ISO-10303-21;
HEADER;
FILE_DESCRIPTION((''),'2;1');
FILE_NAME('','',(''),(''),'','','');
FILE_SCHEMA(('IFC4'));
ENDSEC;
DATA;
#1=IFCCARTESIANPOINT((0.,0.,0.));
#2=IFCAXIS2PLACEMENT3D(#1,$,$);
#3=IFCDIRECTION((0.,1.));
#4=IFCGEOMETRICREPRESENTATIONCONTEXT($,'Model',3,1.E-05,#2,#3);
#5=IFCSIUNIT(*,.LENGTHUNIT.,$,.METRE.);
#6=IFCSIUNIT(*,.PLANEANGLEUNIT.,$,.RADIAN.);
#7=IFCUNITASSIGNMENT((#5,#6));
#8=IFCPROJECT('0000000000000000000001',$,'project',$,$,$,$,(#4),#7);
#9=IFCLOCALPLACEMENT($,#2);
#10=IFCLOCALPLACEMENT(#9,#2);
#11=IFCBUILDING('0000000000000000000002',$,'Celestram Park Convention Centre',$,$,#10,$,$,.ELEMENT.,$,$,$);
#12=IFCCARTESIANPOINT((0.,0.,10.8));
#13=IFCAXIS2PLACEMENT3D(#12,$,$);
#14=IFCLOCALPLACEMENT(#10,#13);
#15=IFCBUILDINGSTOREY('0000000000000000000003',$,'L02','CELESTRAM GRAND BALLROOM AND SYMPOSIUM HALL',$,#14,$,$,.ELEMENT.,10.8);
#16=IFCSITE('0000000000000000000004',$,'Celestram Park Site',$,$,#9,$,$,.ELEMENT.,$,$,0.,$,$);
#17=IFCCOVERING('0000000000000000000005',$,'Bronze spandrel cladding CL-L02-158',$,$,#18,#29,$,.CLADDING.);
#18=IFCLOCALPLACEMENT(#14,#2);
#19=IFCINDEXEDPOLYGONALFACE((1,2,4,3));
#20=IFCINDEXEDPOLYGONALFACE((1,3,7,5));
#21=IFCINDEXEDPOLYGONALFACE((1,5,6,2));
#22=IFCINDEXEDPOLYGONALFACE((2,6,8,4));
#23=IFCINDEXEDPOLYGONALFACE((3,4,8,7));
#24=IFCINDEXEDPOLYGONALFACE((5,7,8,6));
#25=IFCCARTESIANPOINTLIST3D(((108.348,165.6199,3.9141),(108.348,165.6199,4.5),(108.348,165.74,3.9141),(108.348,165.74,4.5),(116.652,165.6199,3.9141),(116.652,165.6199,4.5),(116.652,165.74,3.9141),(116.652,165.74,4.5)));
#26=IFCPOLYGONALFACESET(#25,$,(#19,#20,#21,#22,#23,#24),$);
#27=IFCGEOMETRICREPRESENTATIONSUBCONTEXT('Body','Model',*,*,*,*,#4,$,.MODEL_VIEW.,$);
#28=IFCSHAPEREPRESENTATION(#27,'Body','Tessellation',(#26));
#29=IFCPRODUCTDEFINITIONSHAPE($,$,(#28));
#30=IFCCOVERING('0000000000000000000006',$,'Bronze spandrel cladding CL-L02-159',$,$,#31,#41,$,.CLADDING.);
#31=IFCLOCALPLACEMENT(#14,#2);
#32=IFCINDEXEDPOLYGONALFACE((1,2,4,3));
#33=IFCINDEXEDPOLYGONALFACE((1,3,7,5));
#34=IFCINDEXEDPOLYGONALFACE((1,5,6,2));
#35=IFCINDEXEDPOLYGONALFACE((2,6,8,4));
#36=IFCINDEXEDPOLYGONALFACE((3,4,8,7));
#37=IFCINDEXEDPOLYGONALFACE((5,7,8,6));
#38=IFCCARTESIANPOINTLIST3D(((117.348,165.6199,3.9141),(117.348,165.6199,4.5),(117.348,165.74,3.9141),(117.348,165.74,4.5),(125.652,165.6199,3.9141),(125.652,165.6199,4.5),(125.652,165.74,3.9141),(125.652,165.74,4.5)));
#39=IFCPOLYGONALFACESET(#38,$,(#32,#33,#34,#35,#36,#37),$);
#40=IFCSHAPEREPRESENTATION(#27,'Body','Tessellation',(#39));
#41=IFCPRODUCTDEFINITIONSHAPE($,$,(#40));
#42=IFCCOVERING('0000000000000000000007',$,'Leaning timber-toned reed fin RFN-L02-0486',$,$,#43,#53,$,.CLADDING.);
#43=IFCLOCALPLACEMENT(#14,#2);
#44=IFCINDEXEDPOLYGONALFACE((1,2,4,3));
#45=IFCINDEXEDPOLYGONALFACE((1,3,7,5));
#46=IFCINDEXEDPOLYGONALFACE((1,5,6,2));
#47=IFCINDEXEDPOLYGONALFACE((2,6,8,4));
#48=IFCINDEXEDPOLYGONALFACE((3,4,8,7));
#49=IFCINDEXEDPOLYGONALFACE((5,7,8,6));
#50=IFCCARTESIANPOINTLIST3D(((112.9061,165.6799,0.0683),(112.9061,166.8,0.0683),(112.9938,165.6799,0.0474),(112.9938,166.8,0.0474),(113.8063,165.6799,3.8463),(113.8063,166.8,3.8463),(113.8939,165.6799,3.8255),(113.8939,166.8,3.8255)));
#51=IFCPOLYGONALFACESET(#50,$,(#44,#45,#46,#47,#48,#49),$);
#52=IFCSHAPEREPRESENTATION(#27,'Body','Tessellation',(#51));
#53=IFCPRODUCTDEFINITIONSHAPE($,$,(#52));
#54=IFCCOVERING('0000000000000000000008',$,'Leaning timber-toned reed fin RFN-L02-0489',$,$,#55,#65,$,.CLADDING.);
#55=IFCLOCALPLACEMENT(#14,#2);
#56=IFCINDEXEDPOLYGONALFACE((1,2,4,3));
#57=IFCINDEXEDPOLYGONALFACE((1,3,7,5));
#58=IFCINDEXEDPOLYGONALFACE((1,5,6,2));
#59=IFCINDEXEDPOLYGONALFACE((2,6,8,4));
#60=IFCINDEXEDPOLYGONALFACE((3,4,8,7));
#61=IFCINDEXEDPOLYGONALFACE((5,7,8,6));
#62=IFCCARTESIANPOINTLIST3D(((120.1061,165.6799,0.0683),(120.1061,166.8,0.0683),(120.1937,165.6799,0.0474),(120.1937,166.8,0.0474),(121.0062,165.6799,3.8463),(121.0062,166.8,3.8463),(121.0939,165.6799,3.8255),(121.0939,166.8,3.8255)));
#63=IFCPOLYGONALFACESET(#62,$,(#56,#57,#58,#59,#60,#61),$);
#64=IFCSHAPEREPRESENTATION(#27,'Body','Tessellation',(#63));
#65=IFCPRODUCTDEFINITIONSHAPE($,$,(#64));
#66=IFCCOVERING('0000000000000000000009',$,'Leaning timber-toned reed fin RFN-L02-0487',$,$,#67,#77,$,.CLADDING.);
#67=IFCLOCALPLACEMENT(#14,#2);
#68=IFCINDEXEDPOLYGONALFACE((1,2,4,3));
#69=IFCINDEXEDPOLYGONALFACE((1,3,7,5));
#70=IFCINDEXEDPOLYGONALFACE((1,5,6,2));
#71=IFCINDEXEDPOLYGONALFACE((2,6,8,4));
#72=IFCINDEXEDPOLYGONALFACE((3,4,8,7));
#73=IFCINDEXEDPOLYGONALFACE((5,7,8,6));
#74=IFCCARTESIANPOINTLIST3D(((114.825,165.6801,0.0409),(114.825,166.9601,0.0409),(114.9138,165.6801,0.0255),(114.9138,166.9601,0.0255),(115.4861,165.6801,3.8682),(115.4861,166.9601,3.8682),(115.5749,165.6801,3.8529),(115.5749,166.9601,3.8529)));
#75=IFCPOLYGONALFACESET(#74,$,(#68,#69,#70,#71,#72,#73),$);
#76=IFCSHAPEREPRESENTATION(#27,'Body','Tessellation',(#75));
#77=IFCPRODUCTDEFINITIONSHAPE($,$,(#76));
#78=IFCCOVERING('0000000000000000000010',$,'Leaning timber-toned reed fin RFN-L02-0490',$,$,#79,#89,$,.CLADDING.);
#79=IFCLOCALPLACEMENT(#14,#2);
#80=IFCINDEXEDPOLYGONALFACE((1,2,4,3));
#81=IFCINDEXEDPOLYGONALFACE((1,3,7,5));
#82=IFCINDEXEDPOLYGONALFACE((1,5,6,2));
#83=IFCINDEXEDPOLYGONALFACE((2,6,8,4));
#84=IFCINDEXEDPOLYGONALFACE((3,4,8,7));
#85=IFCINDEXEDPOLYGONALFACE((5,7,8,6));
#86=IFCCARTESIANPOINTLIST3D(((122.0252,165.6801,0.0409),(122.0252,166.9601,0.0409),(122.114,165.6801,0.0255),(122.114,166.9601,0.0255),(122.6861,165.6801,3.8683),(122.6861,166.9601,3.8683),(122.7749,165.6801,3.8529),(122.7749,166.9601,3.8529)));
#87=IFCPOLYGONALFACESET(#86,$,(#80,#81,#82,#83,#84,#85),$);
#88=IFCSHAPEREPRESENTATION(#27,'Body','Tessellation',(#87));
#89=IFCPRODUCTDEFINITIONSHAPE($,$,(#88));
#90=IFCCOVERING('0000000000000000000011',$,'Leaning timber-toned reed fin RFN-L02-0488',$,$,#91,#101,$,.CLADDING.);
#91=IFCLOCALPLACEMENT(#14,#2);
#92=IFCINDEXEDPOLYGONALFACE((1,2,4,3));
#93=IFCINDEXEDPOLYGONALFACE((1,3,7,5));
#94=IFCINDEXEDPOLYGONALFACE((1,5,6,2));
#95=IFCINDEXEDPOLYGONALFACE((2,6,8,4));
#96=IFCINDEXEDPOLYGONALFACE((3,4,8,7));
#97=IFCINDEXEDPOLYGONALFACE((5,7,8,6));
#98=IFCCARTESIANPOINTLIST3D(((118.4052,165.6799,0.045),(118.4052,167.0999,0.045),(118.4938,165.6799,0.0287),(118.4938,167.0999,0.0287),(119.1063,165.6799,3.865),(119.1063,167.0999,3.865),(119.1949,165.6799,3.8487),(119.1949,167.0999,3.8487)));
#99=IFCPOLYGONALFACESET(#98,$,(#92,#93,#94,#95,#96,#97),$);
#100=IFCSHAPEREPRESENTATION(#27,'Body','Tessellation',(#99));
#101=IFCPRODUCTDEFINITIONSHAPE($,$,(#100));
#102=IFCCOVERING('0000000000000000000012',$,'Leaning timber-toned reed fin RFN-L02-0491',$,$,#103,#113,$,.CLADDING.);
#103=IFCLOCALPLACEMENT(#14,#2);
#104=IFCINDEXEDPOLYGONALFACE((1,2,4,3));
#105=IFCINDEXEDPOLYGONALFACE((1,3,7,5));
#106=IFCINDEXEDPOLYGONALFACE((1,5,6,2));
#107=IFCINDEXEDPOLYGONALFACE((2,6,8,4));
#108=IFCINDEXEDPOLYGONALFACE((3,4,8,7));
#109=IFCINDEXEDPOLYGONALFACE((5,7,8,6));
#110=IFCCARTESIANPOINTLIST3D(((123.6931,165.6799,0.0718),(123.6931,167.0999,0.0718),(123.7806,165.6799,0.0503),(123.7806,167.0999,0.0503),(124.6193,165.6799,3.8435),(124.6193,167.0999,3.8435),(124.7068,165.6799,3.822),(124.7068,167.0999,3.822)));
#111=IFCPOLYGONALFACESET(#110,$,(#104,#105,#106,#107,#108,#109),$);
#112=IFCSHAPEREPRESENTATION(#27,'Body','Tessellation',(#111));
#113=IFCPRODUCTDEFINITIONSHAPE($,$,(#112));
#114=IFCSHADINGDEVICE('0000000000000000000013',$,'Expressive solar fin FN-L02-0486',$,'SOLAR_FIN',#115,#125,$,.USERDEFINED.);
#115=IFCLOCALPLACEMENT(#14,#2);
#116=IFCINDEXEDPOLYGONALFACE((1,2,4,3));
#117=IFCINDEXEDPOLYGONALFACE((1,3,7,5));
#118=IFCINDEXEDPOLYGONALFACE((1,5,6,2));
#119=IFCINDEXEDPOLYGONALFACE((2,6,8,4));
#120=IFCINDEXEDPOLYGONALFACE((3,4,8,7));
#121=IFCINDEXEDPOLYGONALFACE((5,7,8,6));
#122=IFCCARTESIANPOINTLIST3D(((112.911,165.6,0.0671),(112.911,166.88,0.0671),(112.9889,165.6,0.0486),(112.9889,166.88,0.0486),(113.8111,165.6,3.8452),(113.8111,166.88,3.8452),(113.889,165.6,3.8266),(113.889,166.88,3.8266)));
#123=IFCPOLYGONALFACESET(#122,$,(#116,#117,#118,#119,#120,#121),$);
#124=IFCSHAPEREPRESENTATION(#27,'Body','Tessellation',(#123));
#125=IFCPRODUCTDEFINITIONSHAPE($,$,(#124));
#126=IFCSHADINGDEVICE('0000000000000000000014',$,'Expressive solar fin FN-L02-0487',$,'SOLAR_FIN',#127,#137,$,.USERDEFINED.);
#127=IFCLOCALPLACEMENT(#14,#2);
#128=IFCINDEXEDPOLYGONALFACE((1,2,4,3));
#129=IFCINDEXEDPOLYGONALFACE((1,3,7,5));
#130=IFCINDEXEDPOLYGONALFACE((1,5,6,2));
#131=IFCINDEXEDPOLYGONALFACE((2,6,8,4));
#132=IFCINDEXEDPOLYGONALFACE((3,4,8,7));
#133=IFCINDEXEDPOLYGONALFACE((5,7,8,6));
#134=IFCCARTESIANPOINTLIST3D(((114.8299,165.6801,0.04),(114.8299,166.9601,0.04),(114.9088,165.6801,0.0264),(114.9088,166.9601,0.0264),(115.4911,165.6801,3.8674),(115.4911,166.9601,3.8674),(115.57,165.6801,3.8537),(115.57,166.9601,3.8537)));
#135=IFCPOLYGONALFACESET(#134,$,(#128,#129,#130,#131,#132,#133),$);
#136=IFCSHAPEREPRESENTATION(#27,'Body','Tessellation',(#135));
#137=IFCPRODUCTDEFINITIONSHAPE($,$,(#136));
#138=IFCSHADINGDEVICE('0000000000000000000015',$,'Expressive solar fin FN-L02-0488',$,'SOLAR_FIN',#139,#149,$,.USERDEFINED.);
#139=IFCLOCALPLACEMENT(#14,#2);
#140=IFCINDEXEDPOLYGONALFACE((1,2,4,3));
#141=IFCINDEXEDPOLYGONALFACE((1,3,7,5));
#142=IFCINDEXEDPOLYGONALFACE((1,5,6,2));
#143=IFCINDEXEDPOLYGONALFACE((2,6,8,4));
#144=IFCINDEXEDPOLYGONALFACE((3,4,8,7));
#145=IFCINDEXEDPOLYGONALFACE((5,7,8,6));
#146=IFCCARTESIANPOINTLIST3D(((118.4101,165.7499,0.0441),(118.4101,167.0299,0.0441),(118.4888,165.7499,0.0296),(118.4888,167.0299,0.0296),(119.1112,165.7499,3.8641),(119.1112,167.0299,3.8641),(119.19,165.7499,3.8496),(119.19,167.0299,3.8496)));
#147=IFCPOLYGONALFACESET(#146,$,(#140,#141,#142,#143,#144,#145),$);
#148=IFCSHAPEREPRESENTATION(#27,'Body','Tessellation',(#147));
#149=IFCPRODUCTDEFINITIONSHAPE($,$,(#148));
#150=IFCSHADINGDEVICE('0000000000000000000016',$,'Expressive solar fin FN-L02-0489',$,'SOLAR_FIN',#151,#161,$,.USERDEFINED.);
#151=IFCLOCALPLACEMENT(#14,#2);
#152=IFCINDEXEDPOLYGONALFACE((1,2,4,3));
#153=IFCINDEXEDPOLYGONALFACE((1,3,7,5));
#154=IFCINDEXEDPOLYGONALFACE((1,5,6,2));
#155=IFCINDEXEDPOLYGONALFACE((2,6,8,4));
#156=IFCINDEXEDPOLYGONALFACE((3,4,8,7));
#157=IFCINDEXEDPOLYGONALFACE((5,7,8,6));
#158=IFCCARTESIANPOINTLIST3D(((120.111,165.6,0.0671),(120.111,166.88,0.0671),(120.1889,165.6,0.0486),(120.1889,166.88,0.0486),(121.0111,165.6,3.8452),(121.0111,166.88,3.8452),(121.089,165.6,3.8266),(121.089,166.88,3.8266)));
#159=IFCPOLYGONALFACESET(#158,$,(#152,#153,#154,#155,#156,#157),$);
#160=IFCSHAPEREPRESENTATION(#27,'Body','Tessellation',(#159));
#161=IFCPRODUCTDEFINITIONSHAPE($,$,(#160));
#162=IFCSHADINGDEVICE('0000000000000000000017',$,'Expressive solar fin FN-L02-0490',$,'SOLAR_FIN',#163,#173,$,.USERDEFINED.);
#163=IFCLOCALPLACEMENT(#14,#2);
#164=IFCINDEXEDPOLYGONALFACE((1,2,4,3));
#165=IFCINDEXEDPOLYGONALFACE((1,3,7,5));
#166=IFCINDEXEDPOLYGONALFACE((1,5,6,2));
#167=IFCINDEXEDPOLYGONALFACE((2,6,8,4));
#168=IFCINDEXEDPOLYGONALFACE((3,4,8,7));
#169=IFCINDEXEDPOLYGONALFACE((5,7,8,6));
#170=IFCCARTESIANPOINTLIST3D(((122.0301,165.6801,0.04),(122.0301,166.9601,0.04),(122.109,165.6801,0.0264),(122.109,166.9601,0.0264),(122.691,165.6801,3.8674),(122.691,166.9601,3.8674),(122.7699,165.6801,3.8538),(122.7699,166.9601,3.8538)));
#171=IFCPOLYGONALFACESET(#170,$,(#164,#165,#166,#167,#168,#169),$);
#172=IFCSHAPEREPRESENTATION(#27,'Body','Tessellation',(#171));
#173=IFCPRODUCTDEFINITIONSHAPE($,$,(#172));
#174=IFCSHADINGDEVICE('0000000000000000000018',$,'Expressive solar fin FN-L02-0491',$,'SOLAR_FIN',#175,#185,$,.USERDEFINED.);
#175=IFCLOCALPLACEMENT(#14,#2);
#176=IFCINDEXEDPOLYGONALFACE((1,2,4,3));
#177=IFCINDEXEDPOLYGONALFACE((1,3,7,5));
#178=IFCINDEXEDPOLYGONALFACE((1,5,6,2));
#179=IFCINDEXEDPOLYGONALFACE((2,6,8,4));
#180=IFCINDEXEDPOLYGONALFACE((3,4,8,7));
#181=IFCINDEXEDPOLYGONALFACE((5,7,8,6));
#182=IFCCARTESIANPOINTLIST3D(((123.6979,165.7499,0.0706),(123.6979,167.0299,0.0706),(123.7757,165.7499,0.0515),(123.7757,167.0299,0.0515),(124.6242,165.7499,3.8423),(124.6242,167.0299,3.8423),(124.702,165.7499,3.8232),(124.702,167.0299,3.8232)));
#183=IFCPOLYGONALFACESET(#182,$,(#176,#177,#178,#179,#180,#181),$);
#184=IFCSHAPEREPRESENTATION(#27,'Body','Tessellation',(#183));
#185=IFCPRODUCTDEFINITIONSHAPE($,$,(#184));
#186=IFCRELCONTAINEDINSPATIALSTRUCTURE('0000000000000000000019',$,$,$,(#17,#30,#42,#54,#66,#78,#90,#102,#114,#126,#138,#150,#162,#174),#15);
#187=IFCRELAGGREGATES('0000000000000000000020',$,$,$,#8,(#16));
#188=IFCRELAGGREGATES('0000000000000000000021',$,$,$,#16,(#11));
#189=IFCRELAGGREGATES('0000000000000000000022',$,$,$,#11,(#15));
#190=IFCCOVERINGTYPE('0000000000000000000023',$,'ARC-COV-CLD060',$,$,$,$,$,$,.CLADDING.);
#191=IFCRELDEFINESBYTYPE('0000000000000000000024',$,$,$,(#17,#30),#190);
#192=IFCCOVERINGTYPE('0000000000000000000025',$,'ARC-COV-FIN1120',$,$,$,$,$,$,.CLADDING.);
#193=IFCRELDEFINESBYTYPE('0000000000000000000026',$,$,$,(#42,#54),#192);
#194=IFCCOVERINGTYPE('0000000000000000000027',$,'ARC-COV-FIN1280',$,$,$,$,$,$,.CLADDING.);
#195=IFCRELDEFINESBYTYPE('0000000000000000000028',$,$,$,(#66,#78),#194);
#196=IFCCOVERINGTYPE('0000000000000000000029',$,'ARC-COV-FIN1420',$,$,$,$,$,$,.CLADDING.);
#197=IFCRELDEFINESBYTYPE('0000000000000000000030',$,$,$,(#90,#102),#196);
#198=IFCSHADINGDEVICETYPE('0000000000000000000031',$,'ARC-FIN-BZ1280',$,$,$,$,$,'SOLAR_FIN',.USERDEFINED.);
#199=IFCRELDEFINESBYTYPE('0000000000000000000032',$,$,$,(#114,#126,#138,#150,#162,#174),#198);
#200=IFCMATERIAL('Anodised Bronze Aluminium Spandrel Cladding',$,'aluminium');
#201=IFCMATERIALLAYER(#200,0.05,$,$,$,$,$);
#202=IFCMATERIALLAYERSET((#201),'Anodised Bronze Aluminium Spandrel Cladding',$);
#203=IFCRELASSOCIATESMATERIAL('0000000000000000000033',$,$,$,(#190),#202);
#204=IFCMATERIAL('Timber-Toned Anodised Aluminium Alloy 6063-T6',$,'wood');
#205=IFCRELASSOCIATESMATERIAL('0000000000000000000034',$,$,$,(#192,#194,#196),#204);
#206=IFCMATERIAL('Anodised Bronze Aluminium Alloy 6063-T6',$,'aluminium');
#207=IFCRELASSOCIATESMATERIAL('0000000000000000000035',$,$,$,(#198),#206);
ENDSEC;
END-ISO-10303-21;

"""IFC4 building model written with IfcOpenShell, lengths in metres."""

from ifc_helpers import new_model, si_unit, direction, frame, origin, origin_2d, place, context, subcontext, project, spatial, rectangle, extrude, material, layer, layer_set, material_profile, profile_set, type_object, element, save


model = new_model("IFC4")

# Units and contexts
model_context = context("Model", 3, precision=1e-05, world=origin(), true_north=direction((0.0, 1.0)))
body_context = subcontext(model_context, "Body", "Model", "MODEL_VIEW")
ifc_project = project(units=[si_unit("LENGTHUNIT", "METRE"), si_unit("PLANEANGLEUNIT", "RADIAN")], contexts=[model_context])

# Site, building, storey
site_placement = place(None, origin())
site = spatial("IfcSite", under=ifc_project, at=site_placement, Name="Celestram Park Site", CompositionType="ELEMENT", RefElevation=0.0)
building_placement = place(site_placement, origin())
building = spatial("IfcBuilding", under=site, at=building_placement, Name="Celestram Park Convention Centre", CompositionType="ELEMENT")
storey_placement = place(building_placement, frame((0.0, 0.0, 10.8)))
storey = spatial("IfcBuildingStorey", under=building, at=storey_placement, Name="L02", Description="CELESTRAM GRAND BALLROOM AND SYMPOSIUM HALL", CompositionType="ELEMENT", Elevation=10.8)

# Coverings
ifc_material_1 = material(Name="Anodised Bronze Aluminium Spandrel Cladding", Category="aluminium")
ifc_layer = layer(ifc_material_1, 0.05)
ifc_layer_set = layer_set([ifc_layer], Name="Anodised Bronze Aluminium Spandrel Cladding")
covering_type_1 = type_object("IfcCoveringType", Name="ARC-COV-CLD060", PredefinedType="CLADDING", material=ifc_layer_set)
for number, where, z_axis, x_axis, name in (
    (1, (112.5, 165.6799, 3.9141), (0.0, 0.0, 1.0), (1.0, 0.0, 0.0), "Bronze spandrel cladding CL-L02-158"),
    (2, (121.5, 165.6799, 3.9141), (0.0, 0.0, 1.0), (1.0, 0.0, 0.0), "Bronze spandrel cladding CL-L02-159"),
):
    element("IfcCovering", number, at=place(storey_placement, frame(where, z_axis=z_axis, x_axis=x_axis)), inside=storey, type_object=covering_type_1, Name=name, PredefinedType="CLADDING", context=body_context, shape_type="SweptSolid", body=[
        extrude(rectangle(XDim=8.304, YDim=0.1201, at=origin_2d()), origin(), (0.0, 0.0, 1.0), 0.5859),
    ])
ifc_material_2 = material(Name="Timber-Toned Anodised Aluminium Alloy 6063-T6", Category="wood")
ifc_material_profile_1 = material_profile(ifc_material_2, rectangle(XDim=1.1201, YDim=0.0901, at=origin_2d()), Name="REED1120X90")
ifc_profile_set_1 = profile_set([ifc_material_profile_1], Name="Timber-Toned Anodised Aluminium Alloy 6063-T6")
covering_type_2 = type_object("IfcCoveringType", Name="ARC-COV-FIN1120", PredefinedType="CLADDING", material=ifc_profile_set_1)
for number, where, z_axis, x_axis, name in (
    (3, (112.95, 166.24, 0.0579), (0.231768, 0.0, 0.972771), (0.0, 1.0, 0.0), "Leaning timber-toned reed fin RFN-L02-0486"),
    (4, (120.1499, 166.24, 0.0579), (0.231768, 0.0, 0.972771), (0.0, 1.0, 0.0), "Leaning timber-toned reed fin RFN-L02-0489"),
):
    element("IfcCovering", number, at=place(storey_placement, frame(where, z_axis=z_axis, x_axis=x_axis)), inside=storey, type_object=covering_type_2, Name=name, PredefinedType="CLADDING", context=body_context, shape_type="SweptSolid", body=[
        extrude(rectangle(XDim=1.1201, YDim=0.0901, at=origin_2d()), origin(), (0.0, 0.0, 1.0), 3.8838),
    ])
ifc_material_profile_2 = material_profile(ifc_material_2, rectangle(XDim=1.28, YDim=0.0901, at=origin_2d()), Name="REED1280X90")
ifc_profile_set_2 = profile_set([ifc_material_profile_2], Name="Timber-Toned Anodised Aluminium Alloy 6063-T6")
covering_type_3 = type_object("IfcCoveringType", Name="ARC-COV-FIN1280", PredefinedType="CLADDING", material=ifc_profile_set_2)
for number, where, z_axis, x_axis, name in (
    (5, (114.8694, 166.3201, 0.0332), (0.170216, 0.0, 0.985407), (0.0, 1.0, 0.0), "Leaning timber-toned reed fin RFN-L02-0487"),
    (6, (122.0696, 166.3201, 0.0332), (0.170155, 0.0, 0.985417), (0.0, 1.0, 0.0), "Leaning timber-toned reed fin RFN-L02-0490"),
):
    element("IfcCovering", number, at=place(storey_placement, frame(where, z_axis=z_axis, x_axis=x_axis)), inside=storey, type_object=covering_type_3, Name=name, PredefinedType="CLADDING", context=body_context, shape_type="SweptSolid", body=[
        extrude(rectangle(XDim=1.28, YDim=0.0901, at=origin_2d()), origin(), (0.0, 0.0, 1.0), 3.884),
    ])
ifc_material_profile_3 = material_profile(ifc_material_2, rectangle(XDim=1.4199, YDim=0.0901, at=origin_2d()), Name="REED1420X90")
ifc_profile_set_3 = profile_set([ifc_material_profile_3], Name="Timber-Toned Anodised Aluminium Alloy 6063-T6")
covering_type_4 = type_object("IfcCoveringType", Name="ARC-COV-FIN1420", PredefinedType="CLADDING", material=ifc_profile_set_3)
for number, where, z_axis, x_axis, name in (
    (7, (118.4495, 166.3899, 0.0369), (0.180534, 0.0, 0.983569), (0.0, 1.0, 0.0), "Leaning timber-toned reed fin RFN-L02-0488"),
    (8, (123.7368, 166.3899, 0.061), (0.238496, 0.0, 0.971144), (0.0, 1.0, 0.0), "Leaning timber-toned reed fin RFN-L02-0491"),
):
    element("IfcCovering", number, at=place(storey_placement, frame(where, z_axis=z_axis, x_axis=x_axis)), inside=storey, type_object=covering_type_4, Name=name, PredefinedType="CLADDING", context=body_context, shape_type="SweptSolid", body=[
        extrude(rectangle(XDim=1.4199, YDim=0.0901, at=origin_2d()), origin(), (0.0, 0.0, 1.0), 3.8838),
    ])

# Shading devices
ifc_material_3 = material(Name="Anodised Bronze Aluminium Alloy 6063-T6", Category="aluminium")
ifc_material_profile_4 = material_profile(ifc_material_3, rectangle(XDim=1.28, YDim=0.0801, at=origin_2d()), Name="FIN1280X80")
ifc_profile_set_4 = profile_set([ifc_material_profile_4], Name="Anodised Bronze Aluminium Alloy 6063-T6")
shading_device_type = type_object("IfcShadingDeviceType", Name="ARC-FIN-BZ1280", ElementType="SOLAR_FIN", PredefinedType="USERDEFINED", material=ifc_profile_set_4)
shading_device_1_placement = place(storey_placement, frame((112.95, 166.24, 0.0579), z_axis=(0.231768, 0.0, 0.972771), x_axis=(0.0, 1.0, 0.0)))
element("IfcShadingDevice", 9, at=shading_device_1_placement, inside=storey, type_object=shading_device_type, Name="Expressive solar fin FN-L02-0486", ObjectType="SOLAR_FIN", PredefinedType="USERDEFINED", context=body_context, shape_type="SweptSolid", body=[
    extrude(rectangle(XDim=1.28, YDim=0.0801, at=origin_2d()), origin(), (0.0, 0.0, 1.0), 3.8838),
])
shading_device_2_placement = place(storey_placement, frame((114.8694, 166.3201, 0.0332), z_axis=(0.170216, 0.0, 0.985407), x_axis=(0.0, 1.0, 0.0)))
element("IfcShadingDevice", 10, at=shading_device_2_placement, inside=storey, type_object=shading_device_type, Name="Expressive solar fin FN-L02-0487", ObjectType="SOLAR_FIN", PredefinedType="USERDEFINED", context=body_context, shape_type="SweptSolid", body=[
    extrude(rectangle(XDim=1.28, YDim=0.0801, at=origin_2d()), origin(), (0.0, 0.0, 1.0), 3.884),
])
for number, where, z_axis, x_axis, name in (
    (11, (118.4495, 166.3899, 0.0369), (0.180534, 0.0, 0.983569), (0.0, 1.0, 0.0), "Expressive solar fin FN-L02-0488"),
    (12, (120.1499, 166.24, 0.0579), (0.231768, 0.0, 0.972771), (0.0, 1.0, 0.0), "Expressive solar fin FN-L02-0489"),
):
    element("IfcShadingDevice", number, at=place(storey_placement, frame(where, z_axis=z_axis, x_axis=x_axis)), inside=storey, type_object=shading_device_type, Name=name, ObjectType="SOLAR_FIN", PredefinedType="USERDEFINED", context=body_context, shape_type="SweptSolid", body=[
        extrude(rectangle(XDim=1.28, YDim=0.0801, at=origin_2d()), origin(), (0.0, 0.0, 1.0), 3.8838),
    ])
shading_device_3_placement = place(storey_placement, frame((122.0696, 166.3201, 0.0332), z_axis=(0.170155, 0.0, 0.985417), x_axis=(0.0, 1.0, 0.0)))
element("IfcShadingDevice", 13, at=shading_device_3_placement, inside=storey, type_object=shading_device_type, Name="Expressive solar fin FN-L02-0490", ObjectType="SOLAR_FIN", PredefinedType="USERDEFINED", context=body_context, shape_type="SweptSolid", body=[
    extrude(rectangle(XDim=1.28, YDim=0.0801, at=origin_2d()), origin(), (0.0, 0.0, 1.0), 3.884),
])
shading_device_4_placement = place(storey_placement, frame((123.7368, 166.3899, 0.061), z_axis=(0.238496, 0.0, 0.971144), x_axis=(0.0, 1.0, 0.0)))
element("IfcShadingDevice", 14, at=shading_device_4_placement, inside=storey, type_object=shading_device_type, Name="Expressive solar fin FN-L02-0491", ObjectType="SOLAR_FIN", PredefinedType="USERDEFINED", context=body_context, shape_type="SweptSolid", body=[
    extrude(rectangle(XDim=1.28, YDim=0.0801, at=origin_2d()), origin(), (0.0, 0.0, 1.0), 3.8838),
])

save(model, "model.ifc")
